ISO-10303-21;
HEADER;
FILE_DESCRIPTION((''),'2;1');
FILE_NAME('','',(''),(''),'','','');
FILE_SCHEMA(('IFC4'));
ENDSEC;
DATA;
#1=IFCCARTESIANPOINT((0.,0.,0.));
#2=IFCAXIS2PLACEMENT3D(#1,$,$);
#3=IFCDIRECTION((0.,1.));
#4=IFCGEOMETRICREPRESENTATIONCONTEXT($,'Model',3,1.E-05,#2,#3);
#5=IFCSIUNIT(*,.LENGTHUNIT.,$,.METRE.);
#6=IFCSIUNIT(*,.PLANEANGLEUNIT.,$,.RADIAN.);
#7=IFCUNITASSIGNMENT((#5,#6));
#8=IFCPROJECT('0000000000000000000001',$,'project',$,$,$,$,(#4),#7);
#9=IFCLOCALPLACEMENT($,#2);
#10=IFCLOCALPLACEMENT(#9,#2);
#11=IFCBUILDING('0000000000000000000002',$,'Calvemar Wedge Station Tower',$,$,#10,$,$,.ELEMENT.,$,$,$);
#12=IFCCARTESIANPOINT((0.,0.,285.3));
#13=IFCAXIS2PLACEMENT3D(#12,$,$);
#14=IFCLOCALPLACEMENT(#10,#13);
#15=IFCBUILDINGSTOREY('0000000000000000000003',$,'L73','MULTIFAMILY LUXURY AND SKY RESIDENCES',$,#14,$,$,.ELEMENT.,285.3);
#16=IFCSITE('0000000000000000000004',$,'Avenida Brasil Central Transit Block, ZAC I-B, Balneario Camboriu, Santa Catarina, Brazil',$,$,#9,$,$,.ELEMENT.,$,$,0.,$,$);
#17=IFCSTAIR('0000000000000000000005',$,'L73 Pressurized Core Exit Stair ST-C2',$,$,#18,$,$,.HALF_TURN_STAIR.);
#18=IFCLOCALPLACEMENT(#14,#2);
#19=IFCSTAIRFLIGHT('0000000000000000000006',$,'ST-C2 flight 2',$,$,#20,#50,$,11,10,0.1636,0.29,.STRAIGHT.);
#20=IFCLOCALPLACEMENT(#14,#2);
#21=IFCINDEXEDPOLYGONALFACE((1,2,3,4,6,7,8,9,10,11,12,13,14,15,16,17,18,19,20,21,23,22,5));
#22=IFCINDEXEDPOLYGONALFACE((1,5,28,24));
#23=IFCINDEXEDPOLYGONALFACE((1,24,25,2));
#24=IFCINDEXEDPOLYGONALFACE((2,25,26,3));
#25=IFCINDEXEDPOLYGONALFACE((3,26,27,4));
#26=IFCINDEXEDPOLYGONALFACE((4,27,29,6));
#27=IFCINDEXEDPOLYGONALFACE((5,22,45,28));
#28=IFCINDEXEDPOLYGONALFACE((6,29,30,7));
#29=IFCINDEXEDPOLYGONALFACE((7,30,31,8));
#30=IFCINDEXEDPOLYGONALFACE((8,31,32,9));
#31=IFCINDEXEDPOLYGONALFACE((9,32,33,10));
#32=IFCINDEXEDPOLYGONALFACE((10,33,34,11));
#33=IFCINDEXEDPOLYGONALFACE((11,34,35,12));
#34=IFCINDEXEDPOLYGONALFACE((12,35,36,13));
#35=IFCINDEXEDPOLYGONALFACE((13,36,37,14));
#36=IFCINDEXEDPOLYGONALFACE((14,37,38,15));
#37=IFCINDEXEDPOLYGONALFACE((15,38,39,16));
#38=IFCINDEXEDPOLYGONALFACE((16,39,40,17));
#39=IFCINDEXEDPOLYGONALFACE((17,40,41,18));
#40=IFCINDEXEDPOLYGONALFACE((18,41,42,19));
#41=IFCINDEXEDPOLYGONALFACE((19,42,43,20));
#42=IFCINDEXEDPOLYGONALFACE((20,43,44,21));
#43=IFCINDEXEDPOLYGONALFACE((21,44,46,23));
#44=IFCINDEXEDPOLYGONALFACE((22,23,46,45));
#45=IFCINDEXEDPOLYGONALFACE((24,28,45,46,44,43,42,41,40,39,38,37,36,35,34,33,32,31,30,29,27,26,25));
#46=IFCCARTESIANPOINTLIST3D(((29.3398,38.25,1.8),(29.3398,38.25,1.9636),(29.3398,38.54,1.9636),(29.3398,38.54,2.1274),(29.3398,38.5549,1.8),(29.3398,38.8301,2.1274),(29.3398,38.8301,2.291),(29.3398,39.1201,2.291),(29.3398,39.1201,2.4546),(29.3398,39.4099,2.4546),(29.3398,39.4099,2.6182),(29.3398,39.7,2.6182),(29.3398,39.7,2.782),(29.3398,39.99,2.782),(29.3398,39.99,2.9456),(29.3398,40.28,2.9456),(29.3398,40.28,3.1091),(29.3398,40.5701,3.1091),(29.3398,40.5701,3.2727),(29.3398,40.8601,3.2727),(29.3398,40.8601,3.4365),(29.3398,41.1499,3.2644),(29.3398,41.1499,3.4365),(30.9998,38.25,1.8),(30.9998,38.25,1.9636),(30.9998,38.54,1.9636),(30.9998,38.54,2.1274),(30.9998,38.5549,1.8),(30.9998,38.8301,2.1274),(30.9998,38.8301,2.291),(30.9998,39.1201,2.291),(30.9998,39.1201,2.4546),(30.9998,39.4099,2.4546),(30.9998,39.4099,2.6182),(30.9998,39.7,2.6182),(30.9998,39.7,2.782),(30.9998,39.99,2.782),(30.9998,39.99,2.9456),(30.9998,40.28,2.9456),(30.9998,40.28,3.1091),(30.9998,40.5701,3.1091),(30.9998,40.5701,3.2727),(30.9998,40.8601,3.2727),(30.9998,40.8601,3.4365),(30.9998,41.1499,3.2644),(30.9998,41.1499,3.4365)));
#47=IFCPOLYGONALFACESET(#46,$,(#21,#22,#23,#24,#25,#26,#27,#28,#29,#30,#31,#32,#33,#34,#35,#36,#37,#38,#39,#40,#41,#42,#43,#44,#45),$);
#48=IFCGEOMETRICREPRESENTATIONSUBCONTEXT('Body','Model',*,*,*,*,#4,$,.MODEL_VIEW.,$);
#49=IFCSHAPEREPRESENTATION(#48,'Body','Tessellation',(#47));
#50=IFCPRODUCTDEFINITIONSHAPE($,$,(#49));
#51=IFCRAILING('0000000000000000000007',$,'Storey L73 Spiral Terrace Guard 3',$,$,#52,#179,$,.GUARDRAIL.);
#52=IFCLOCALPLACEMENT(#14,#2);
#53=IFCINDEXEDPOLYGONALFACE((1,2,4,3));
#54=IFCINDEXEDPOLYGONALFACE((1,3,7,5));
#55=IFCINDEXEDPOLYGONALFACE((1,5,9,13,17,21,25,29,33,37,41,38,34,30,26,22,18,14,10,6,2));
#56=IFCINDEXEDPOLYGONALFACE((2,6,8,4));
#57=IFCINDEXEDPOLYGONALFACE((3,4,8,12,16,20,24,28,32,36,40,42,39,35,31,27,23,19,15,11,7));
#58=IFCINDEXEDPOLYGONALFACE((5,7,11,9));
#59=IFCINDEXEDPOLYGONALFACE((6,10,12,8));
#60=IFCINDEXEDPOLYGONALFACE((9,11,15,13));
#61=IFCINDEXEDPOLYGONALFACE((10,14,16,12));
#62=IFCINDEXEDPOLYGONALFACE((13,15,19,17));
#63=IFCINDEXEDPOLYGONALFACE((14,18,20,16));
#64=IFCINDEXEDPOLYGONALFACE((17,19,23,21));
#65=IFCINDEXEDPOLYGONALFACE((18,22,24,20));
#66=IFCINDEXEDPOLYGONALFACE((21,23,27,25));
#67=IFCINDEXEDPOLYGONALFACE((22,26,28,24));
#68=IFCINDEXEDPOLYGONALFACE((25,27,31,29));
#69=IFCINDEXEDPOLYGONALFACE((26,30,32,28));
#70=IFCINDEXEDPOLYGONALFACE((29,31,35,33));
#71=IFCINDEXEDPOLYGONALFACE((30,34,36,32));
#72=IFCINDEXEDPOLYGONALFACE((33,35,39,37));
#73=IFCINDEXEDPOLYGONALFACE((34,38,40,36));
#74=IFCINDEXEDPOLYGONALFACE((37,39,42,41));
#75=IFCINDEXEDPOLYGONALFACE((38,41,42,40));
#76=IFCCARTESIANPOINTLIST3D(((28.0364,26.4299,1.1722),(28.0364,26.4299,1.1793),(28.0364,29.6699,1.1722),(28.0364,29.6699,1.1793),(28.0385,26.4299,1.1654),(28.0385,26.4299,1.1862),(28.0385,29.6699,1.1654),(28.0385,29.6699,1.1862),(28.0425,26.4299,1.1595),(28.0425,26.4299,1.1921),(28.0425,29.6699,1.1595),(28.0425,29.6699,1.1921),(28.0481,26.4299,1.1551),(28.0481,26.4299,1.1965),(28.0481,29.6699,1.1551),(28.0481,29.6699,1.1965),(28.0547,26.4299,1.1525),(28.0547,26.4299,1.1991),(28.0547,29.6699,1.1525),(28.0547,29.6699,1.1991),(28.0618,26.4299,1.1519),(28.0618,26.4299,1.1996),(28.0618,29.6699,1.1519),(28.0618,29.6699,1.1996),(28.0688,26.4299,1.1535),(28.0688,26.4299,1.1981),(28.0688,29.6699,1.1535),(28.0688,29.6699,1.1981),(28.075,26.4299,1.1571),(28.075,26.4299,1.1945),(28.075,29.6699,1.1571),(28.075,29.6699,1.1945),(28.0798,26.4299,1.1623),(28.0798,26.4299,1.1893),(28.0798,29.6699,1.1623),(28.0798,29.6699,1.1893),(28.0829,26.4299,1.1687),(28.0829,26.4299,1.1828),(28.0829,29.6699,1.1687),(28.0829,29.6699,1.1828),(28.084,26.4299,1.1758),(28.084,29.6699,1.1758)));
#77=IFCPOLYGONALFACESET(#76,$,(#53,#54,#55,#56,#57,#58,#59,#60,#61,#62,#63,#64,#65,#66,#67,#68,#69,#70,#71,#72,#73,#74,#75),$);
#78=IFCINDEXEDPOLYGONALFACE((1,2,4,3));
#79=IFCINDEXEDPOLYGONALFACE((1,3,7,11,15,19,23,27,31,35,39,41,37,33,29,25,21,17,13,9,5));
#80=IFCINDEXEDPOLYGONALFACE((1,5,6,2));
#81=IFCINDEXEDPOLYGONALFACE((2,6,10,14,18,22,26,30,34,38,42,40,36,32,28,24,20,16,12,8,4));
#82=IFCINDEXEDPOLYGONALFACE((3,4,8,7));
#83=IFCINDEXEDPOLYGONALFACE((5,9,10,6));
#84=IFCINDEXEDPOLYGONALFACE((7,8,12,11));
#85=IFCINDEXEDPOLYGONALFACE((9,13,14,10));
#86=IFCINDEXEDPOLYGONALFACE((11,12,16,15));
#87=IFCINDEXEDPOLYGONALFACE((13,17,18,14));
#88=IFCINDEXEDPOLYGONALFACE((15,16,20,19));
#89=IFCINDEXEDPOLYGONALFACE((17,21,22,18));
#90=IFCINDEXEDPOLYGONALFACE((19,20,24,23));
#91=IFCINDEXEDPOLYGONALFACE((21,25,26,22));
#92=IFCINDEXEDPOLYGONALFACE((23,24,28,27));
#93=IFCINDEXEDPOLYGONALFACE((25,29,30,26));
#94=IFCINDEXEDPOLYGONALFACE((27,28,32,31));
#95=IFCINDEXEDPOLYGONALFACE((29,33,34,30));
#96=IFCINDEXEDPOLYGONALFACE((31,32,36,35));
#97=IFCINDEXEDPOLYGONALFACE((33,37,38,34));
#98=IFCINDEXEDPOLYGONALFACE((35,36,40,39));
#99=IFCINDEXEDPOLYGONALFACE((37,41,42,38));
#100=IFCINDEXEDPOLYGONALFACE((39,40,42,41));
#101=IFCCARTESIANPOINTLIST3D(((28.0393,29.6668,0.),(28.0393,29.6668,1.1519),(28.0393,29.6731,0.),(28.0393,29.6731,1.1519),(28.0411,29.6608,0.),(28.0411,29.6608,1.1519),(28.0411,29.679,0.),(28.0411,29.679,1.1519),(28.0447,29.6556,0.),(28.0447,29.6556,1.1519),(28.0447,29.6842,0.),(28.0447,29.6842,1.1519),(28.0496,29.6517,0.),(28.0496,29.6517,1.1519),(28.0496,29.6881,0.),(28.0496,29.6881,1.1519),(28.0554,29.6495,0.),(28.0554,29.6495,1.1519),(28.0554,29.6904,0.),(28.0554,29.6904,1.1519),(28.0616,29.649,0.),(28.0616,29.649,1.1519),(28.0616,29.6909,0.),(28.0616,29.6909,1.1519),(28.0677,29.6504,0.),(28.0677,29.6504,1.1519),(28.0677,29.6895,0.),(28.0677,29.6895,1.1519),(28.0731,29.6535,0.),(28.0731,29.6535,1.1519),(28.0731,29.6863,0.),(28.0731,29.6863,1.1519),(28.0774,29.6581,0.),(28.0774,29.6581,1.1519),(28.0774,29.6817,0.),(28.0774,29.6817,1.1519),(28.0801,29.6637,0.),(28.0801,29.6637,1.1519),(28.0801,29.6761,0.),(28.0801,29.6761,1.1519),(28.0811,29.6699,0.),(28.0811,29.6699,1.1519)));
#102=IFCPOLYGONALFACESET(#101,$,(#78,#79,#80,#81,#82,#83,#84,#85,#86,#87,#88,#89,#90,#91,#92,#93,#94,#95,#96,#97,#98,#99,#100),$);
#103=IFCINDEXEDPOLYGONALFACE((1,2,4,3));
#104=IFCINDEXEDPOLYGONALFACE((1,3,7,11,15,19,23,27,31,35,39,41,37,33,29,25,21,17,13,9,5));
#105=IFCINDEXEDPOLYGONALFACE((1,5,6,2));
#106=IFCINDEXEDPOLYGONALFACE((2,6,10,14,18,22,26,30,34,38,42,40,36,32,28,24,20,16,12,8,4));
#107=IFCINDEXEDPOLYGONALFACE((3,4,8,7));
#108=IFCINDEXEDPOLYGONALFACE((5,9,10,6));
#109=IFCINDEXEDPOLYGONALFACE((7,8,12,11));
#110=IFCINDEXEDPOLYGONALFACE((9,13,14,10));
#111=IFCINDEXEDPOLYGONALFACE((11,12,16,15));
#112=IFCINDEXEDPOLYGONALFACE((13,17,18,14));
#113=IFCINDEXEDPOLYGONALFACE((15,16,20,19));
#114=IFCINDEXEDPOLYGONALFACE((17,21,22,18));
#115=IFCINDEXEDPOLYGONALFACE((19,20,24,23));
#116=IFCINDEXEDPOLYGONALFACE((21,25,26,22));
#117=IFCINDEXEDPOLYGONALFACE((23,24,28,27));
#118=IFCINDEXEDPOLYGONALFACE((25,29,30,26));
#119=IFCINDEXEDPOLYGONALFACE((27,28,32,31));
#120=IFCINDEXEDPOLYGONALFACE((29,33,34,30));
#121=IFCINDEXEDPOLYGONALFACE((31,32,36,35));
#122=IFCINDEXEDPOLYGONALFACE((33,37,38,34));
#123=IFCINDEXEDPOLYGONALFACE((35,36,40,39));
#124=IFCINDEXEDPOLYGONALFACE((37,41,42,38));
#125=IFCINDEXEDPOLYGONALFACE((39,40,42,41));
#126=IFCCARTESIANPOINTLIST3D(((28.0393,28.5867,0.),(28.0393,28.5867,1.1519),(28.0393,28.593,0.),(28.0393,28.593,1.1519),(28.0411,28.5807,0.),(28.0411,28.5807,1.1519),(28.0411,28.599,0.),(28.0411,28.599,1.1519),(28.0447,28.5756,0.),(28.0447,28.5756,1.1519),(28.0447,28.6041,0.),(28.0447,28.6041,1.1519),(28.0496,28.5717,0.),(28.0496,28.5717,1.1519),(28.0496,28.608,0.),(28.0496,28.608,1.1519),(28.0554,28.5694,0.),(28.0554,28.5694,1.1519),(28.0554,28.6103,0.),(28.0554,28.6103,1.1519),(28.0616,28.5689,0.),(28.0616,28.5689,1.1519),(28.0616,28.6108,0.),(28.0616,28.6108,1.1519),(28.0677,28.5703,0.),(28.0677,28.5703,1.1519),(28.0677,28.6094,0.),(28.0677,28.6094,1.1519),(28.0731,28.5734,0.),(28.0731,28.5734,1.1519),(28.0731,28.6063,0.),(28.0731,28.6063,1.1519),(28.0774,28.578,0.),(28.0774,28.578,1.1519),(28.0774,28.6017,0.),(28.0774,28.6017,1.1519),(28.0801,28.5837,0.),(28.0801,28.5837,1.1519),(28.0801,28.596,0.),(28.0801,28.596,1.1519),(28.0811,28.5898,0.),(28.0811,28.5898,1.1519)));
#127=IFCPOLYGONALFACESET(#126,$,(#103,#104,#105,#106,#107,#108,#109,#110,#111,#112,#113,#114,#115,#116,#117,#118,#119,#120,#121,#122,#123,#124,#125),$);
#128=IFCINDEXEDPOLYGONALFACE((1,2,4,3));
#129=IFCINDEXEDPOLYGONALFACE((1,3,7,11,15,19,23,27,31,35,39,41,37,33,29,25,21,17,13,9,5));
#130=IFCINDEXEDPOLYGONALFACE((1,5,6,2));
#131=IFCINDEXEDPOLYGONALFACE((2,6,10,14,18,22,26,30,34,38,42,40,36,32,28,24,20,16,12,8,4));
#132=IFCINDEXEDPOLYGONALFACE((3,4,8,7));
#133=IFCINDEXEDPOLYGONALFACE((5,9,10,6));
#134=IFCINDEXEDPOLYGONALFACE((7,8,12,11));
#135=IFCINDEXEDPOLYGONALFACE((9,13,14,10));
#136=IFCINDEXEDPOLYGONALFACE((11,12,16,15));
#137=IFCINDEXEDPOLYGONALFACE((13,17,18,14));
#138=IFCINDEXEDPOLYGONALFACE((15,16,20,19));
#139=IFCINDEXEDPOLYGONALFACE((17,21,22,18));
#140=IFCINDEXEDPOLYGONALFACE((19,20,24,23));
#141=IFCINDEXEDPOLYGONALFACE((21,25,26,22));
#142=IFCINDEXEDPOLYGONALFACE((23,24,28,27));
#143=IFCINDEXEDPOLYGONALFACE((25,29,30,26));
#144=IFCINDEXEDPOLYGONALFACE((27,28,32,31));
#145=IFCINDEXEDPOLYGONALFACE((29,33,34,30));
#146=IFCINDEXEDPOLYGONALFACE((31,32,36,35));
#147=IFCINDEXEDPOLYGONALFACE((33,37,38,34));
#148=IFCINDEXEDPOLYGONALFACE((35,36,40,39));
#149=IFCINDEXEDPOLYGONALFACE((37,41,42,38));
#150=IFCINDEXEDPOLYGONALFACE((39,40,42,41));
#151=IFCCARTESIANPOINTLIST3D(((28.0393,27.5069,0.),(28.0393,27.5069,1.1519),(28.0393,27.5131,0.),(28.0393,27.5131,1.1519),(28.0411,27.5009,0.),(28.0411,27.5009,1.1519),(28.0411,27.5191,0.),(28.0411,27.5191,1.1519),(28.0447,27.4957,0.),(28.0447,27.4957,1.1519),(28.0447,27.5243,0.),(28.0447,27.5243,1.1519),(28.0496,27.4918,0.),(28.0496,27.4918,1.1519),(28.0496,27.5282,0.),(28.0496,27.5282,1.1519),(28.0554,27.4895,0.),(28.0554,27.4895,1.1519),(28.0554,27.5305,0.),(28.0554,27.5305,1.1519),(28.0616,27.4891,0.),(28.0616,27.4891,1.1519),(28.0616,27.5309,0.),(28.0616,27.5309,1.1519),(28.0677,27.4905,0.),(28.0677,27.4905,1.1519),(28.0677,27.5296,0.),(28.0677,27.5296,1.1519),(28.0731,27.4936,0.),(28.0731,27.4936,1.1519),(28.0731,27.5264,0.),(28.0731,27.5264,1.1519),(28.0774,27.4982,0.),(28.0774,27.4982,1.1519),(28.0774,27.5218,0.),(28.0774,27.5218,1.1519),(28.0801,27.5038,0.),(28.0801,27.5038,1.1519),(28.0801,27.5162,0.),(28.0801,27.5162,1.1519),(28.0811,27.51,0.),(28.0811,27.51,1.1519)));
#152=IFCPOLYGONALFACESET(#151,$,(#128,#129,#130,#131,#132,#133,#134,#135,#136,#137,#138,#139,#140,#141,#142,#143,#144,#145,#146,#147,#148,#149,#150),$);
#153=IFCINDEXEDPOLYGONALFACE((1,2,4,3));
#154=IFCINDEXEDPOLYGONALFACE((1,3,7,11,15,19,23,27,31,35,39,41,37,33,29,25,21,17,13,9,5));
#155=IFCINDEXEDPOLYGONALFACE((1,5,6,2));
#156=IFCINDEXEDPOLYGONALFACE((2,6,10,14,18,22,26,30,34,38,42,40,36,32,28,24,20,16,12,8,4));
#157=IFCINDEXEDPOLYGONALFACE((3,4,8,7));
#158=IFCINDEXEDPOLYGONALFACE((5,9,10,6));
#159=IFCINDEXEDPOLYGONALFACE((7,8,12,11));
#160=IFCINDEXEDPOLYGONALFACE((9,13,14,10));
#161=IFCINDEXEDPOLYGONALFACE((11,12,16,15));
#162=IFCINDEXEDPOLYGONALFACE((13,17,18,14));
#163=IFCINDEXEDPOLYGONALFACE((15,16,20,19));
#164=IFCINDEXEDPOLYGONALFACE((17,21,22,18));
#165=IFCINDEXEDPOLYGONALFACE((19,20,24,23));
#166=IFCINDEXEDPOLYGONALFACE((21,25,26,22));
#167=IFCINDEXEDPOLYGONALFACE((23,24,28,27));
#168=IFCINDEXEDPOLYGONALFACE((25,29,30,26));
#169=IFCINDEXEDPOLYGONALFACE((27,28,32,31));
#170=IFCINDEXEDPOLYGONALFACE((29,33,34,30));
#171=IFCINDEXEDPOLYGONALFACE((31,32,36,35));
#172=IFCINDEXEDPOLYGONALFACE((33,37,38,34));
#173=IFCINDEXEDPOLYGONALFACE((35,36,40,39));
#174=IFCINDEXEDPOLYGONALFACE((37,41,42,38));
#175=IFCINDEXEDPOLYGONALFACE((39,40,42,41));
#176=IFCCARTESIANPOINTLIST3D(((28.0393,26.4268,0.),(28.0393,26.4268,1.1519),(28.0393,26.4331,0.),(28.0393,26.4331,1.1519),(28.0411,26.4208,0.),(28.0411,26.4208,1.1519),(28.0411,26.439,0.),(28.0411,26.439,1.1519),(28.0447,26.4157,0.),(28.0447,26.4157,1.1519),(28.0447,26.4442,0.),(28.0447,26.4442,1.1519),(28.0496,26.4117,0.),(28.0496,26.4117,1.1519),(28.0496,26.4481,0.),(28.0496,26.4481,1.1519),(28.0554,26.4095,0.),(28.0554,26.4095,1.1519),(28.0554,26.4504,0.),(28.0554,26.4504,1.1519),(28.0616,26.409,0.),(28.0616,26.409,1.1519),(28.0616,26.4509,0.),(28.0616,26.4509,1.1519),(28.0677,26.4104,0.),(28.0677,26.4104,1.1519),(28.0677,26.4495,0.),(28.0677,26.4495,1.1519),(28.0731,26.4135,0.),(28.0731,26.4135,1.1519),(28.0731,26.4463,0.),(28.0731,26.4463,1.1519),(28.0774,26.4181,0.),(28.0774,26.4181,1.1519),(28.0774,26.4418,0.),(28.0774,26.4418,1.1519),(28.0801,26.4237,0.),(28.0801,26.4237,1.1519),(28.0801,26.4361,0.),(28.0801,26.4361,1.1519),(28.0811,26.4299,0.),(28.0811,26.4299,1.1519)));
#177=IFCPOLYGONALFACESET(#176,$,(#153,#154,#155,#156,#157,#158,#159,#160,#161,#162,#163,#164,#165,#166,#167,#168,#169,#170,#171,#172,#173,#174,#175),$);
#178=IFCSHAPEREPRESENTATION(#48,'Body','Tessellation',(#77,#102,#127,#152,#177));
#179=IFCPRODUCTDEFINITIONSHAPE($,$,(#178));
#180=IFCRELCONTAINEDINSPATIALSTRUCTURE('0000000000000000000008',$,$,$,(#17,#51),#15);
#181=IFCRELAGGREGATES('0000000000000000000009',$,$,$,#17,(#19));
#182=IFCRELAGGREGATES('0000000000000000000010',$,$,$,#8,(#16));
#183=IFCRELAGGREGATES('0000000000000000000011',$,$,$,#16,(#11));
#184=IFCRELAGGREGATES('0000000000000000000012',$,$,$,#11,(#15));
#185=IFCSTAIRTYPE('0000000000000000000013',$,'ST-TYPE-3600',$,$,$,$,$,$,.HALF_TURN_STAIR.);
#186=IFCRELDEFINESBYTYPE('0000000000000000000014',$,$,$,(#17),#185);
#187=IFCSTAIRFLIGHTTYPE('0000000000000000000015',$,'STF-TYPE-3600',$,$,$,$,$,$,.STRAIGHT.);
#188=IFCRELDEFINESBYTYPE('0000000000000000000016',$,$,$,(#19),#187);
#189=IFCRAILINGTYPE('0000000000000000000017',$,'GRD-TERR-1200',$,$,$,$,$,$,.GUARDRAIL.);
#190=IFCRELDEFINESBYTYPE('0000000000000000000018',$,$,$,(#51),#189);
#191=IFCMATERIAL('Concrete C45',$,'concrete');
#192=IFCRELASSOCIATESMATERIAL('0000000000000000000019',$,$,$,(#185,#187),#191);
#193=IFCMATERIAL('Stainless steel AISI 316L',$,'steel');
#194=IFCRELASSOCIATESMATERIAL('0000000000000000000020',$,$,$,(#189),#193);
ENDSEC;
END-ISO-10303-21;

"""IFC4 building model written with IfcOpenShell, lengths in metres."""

from ifc_helpers import new_model, si_unit, direction, frame, origin, origin_2d, place, context, subcontext, project, spatial, polyline, circle, outline, extrude, material, type_object, element, aggregate, save


model = new_model("IFC4")

# Units and contexts
model_context = context("Model", 3, precision=1e-05, world=origin(), true_north=direction((0.0, 1.0)))
body_context = subcontext(model_context, "Body", "Model", "MODEL_VIEW")
ifc_project = project(units=[si_unit("LENGTHUNIT", "METRE"), si_unit("PLANEANGLEUNIT", "RADIAN")], contexts=[model_context])

# Site, building, storey
site_placement = place(None, origin())
site = spatial("IfcSite", under=ifc_project, at=site_placement, Name="Avenida Brasil Central Transit Block, ZAC I-B, Balneario Camboriu, Santa Catarina, Brazil", CompositionType="ELEMENT", RefElevation=0.0)
building_placement = place(site_placement, origin())
building = spatial("IfcBuilding", under=site, at=building_placement, Name="Calvemar Wedge Station Tower", CompositionType="ELEMENT")
storey_placement = place(building_placement, frame((0.0, 0.0, 285.3)))
storey = spatial("IfcBuildingStorey", under=building, at=storey_placement, Name="L73", Description="MULTIFAMILY LUXURY AND SKY RESIDENCES", CompositionType="ELEMENT", Elevation=285.3)

# Stair, stair flight
ifc_material_1 = material(Name="Concrete C45", Category="concrete")
stair_type = type_object("IfcStairType", Name="ST-TYPE-3600", PredefinedType="HALF_TURN_STAIR", material=ifc_material_1)
stair_placement = place(storey_placement, origin())
stair = element("IfcStair", 1, at=stair_placement, inside=storey, type_object=stair_type, Name="L73 Pressurized Core Exit Stair ST-C2", PredefinedType="HALF_TURN_STAIR")
stair_flight_type = type_object("IfcStairFlightType", Name="STF-TYPE-3600", PredefinedType="STRAIGHT", material=ifc_material_1)
stair_flight_placement = place(storey_placement, frame((30.1699, 38.25, 1.8), z_axis=(0.0, 0.0, 1.0), x_axis=(0.0, 1.0, 0.0)))
stair_flight = element("IfcStairFlight", 2, at=stair_flight_placement, type_object=stair_flight_type, Name="ST-C2 flight 2", NumberOfRisers=11, NumberOfTreads=10, PredefinedType="STRAIGHT", RiserHeight=0.1636, TreadLength=0.29, context=body_context, shape_type="SweptSolid", body=[
    extrude(outline(polyline([(0.0, 0.0), (0.0, 0.1636), (0.29, 0.1636), (0.29, 0.3274), (0.5801, 0.3274), (0.5801, 0.491), (0.8701, 0.491), (0.8701, 0.6545), (1.1599, 0.6545), (1.1599, 0.8181), (1.45, 0.8181), (1.45, 0.9819), (1.74, 0.9819), (1.74, 1.1455), (2.03, 1.1455), (2.03, 1.3091), (2.3201, 1.3091), (2.3201, 1.4727), (2.6101, 1.4727), (2.6101, 1.6365), (2.8999, 1.6365), (2.8999, 1.8), (2.8999, 1.4644), (0.3049, 0.0), (0.0, 0.0)])), frame((0.0, 0.8301, 0.0), z_axis=(0.0, -1.0, 0.0), x_axis=(1.0, 0.0, 0.0)), (0.0, 0.0, 1.0), 1.6599),
])
aggregate(stair, [stair_flight])

# Railing
ifc_material_2 = material(Name="Stainless steel AISI 316L", Category="steel")
railing_type_1 = type_object("IfcRailingType", Name="GRD-TERR-1200", PredefinedType="GUARDRAIL", material=ifc_material_2)
railing_1_placement = place(storey_placement, frame((28.0601, 29.6699, 0.0)))
element("IfcRailing", 3, at=railing_1_placement, inside=storey, type_object=railing_type_1, Name="Storey L73 Spiral Terrace Guard 3", PredefinedType="GUARDRAIL", context=body_context, shape_type="SweptSolid", body=[
    extrude(circle(Radius=0.0239, at=origin_2d()), frame((0.0, 0.0, 1.1758), z_axis=(0.0, -1.0, 0.0), x_axis=(1.0, 0.0, 0.0)), (0.0, 0.0, 1.0), 3.24),
    extrude(circle(Radius=0.021, at=origin_2d()), origin(), (0.0, 0.0, 1.0), 1.1519),
    extrude(circle(Radius=0.021, at=origin_2d()), frame((0.0, -1.0801, 0.0)), (0.0, 0.0, 1.0), 1.1519),
    extrude(circle(Radius=0.021, at=origin_2d()), frame((0.0, -2.1599, 0.0)), (0.0, 0.0, 1.0), 1.1519),
    extrude(circle(Radius=0.021, at=origin_2d()), frame((0.0, -3.24, 0.0)), (0.0, 0.0, 1.0), 1.1519),
])

save(model, "model.ifc")
